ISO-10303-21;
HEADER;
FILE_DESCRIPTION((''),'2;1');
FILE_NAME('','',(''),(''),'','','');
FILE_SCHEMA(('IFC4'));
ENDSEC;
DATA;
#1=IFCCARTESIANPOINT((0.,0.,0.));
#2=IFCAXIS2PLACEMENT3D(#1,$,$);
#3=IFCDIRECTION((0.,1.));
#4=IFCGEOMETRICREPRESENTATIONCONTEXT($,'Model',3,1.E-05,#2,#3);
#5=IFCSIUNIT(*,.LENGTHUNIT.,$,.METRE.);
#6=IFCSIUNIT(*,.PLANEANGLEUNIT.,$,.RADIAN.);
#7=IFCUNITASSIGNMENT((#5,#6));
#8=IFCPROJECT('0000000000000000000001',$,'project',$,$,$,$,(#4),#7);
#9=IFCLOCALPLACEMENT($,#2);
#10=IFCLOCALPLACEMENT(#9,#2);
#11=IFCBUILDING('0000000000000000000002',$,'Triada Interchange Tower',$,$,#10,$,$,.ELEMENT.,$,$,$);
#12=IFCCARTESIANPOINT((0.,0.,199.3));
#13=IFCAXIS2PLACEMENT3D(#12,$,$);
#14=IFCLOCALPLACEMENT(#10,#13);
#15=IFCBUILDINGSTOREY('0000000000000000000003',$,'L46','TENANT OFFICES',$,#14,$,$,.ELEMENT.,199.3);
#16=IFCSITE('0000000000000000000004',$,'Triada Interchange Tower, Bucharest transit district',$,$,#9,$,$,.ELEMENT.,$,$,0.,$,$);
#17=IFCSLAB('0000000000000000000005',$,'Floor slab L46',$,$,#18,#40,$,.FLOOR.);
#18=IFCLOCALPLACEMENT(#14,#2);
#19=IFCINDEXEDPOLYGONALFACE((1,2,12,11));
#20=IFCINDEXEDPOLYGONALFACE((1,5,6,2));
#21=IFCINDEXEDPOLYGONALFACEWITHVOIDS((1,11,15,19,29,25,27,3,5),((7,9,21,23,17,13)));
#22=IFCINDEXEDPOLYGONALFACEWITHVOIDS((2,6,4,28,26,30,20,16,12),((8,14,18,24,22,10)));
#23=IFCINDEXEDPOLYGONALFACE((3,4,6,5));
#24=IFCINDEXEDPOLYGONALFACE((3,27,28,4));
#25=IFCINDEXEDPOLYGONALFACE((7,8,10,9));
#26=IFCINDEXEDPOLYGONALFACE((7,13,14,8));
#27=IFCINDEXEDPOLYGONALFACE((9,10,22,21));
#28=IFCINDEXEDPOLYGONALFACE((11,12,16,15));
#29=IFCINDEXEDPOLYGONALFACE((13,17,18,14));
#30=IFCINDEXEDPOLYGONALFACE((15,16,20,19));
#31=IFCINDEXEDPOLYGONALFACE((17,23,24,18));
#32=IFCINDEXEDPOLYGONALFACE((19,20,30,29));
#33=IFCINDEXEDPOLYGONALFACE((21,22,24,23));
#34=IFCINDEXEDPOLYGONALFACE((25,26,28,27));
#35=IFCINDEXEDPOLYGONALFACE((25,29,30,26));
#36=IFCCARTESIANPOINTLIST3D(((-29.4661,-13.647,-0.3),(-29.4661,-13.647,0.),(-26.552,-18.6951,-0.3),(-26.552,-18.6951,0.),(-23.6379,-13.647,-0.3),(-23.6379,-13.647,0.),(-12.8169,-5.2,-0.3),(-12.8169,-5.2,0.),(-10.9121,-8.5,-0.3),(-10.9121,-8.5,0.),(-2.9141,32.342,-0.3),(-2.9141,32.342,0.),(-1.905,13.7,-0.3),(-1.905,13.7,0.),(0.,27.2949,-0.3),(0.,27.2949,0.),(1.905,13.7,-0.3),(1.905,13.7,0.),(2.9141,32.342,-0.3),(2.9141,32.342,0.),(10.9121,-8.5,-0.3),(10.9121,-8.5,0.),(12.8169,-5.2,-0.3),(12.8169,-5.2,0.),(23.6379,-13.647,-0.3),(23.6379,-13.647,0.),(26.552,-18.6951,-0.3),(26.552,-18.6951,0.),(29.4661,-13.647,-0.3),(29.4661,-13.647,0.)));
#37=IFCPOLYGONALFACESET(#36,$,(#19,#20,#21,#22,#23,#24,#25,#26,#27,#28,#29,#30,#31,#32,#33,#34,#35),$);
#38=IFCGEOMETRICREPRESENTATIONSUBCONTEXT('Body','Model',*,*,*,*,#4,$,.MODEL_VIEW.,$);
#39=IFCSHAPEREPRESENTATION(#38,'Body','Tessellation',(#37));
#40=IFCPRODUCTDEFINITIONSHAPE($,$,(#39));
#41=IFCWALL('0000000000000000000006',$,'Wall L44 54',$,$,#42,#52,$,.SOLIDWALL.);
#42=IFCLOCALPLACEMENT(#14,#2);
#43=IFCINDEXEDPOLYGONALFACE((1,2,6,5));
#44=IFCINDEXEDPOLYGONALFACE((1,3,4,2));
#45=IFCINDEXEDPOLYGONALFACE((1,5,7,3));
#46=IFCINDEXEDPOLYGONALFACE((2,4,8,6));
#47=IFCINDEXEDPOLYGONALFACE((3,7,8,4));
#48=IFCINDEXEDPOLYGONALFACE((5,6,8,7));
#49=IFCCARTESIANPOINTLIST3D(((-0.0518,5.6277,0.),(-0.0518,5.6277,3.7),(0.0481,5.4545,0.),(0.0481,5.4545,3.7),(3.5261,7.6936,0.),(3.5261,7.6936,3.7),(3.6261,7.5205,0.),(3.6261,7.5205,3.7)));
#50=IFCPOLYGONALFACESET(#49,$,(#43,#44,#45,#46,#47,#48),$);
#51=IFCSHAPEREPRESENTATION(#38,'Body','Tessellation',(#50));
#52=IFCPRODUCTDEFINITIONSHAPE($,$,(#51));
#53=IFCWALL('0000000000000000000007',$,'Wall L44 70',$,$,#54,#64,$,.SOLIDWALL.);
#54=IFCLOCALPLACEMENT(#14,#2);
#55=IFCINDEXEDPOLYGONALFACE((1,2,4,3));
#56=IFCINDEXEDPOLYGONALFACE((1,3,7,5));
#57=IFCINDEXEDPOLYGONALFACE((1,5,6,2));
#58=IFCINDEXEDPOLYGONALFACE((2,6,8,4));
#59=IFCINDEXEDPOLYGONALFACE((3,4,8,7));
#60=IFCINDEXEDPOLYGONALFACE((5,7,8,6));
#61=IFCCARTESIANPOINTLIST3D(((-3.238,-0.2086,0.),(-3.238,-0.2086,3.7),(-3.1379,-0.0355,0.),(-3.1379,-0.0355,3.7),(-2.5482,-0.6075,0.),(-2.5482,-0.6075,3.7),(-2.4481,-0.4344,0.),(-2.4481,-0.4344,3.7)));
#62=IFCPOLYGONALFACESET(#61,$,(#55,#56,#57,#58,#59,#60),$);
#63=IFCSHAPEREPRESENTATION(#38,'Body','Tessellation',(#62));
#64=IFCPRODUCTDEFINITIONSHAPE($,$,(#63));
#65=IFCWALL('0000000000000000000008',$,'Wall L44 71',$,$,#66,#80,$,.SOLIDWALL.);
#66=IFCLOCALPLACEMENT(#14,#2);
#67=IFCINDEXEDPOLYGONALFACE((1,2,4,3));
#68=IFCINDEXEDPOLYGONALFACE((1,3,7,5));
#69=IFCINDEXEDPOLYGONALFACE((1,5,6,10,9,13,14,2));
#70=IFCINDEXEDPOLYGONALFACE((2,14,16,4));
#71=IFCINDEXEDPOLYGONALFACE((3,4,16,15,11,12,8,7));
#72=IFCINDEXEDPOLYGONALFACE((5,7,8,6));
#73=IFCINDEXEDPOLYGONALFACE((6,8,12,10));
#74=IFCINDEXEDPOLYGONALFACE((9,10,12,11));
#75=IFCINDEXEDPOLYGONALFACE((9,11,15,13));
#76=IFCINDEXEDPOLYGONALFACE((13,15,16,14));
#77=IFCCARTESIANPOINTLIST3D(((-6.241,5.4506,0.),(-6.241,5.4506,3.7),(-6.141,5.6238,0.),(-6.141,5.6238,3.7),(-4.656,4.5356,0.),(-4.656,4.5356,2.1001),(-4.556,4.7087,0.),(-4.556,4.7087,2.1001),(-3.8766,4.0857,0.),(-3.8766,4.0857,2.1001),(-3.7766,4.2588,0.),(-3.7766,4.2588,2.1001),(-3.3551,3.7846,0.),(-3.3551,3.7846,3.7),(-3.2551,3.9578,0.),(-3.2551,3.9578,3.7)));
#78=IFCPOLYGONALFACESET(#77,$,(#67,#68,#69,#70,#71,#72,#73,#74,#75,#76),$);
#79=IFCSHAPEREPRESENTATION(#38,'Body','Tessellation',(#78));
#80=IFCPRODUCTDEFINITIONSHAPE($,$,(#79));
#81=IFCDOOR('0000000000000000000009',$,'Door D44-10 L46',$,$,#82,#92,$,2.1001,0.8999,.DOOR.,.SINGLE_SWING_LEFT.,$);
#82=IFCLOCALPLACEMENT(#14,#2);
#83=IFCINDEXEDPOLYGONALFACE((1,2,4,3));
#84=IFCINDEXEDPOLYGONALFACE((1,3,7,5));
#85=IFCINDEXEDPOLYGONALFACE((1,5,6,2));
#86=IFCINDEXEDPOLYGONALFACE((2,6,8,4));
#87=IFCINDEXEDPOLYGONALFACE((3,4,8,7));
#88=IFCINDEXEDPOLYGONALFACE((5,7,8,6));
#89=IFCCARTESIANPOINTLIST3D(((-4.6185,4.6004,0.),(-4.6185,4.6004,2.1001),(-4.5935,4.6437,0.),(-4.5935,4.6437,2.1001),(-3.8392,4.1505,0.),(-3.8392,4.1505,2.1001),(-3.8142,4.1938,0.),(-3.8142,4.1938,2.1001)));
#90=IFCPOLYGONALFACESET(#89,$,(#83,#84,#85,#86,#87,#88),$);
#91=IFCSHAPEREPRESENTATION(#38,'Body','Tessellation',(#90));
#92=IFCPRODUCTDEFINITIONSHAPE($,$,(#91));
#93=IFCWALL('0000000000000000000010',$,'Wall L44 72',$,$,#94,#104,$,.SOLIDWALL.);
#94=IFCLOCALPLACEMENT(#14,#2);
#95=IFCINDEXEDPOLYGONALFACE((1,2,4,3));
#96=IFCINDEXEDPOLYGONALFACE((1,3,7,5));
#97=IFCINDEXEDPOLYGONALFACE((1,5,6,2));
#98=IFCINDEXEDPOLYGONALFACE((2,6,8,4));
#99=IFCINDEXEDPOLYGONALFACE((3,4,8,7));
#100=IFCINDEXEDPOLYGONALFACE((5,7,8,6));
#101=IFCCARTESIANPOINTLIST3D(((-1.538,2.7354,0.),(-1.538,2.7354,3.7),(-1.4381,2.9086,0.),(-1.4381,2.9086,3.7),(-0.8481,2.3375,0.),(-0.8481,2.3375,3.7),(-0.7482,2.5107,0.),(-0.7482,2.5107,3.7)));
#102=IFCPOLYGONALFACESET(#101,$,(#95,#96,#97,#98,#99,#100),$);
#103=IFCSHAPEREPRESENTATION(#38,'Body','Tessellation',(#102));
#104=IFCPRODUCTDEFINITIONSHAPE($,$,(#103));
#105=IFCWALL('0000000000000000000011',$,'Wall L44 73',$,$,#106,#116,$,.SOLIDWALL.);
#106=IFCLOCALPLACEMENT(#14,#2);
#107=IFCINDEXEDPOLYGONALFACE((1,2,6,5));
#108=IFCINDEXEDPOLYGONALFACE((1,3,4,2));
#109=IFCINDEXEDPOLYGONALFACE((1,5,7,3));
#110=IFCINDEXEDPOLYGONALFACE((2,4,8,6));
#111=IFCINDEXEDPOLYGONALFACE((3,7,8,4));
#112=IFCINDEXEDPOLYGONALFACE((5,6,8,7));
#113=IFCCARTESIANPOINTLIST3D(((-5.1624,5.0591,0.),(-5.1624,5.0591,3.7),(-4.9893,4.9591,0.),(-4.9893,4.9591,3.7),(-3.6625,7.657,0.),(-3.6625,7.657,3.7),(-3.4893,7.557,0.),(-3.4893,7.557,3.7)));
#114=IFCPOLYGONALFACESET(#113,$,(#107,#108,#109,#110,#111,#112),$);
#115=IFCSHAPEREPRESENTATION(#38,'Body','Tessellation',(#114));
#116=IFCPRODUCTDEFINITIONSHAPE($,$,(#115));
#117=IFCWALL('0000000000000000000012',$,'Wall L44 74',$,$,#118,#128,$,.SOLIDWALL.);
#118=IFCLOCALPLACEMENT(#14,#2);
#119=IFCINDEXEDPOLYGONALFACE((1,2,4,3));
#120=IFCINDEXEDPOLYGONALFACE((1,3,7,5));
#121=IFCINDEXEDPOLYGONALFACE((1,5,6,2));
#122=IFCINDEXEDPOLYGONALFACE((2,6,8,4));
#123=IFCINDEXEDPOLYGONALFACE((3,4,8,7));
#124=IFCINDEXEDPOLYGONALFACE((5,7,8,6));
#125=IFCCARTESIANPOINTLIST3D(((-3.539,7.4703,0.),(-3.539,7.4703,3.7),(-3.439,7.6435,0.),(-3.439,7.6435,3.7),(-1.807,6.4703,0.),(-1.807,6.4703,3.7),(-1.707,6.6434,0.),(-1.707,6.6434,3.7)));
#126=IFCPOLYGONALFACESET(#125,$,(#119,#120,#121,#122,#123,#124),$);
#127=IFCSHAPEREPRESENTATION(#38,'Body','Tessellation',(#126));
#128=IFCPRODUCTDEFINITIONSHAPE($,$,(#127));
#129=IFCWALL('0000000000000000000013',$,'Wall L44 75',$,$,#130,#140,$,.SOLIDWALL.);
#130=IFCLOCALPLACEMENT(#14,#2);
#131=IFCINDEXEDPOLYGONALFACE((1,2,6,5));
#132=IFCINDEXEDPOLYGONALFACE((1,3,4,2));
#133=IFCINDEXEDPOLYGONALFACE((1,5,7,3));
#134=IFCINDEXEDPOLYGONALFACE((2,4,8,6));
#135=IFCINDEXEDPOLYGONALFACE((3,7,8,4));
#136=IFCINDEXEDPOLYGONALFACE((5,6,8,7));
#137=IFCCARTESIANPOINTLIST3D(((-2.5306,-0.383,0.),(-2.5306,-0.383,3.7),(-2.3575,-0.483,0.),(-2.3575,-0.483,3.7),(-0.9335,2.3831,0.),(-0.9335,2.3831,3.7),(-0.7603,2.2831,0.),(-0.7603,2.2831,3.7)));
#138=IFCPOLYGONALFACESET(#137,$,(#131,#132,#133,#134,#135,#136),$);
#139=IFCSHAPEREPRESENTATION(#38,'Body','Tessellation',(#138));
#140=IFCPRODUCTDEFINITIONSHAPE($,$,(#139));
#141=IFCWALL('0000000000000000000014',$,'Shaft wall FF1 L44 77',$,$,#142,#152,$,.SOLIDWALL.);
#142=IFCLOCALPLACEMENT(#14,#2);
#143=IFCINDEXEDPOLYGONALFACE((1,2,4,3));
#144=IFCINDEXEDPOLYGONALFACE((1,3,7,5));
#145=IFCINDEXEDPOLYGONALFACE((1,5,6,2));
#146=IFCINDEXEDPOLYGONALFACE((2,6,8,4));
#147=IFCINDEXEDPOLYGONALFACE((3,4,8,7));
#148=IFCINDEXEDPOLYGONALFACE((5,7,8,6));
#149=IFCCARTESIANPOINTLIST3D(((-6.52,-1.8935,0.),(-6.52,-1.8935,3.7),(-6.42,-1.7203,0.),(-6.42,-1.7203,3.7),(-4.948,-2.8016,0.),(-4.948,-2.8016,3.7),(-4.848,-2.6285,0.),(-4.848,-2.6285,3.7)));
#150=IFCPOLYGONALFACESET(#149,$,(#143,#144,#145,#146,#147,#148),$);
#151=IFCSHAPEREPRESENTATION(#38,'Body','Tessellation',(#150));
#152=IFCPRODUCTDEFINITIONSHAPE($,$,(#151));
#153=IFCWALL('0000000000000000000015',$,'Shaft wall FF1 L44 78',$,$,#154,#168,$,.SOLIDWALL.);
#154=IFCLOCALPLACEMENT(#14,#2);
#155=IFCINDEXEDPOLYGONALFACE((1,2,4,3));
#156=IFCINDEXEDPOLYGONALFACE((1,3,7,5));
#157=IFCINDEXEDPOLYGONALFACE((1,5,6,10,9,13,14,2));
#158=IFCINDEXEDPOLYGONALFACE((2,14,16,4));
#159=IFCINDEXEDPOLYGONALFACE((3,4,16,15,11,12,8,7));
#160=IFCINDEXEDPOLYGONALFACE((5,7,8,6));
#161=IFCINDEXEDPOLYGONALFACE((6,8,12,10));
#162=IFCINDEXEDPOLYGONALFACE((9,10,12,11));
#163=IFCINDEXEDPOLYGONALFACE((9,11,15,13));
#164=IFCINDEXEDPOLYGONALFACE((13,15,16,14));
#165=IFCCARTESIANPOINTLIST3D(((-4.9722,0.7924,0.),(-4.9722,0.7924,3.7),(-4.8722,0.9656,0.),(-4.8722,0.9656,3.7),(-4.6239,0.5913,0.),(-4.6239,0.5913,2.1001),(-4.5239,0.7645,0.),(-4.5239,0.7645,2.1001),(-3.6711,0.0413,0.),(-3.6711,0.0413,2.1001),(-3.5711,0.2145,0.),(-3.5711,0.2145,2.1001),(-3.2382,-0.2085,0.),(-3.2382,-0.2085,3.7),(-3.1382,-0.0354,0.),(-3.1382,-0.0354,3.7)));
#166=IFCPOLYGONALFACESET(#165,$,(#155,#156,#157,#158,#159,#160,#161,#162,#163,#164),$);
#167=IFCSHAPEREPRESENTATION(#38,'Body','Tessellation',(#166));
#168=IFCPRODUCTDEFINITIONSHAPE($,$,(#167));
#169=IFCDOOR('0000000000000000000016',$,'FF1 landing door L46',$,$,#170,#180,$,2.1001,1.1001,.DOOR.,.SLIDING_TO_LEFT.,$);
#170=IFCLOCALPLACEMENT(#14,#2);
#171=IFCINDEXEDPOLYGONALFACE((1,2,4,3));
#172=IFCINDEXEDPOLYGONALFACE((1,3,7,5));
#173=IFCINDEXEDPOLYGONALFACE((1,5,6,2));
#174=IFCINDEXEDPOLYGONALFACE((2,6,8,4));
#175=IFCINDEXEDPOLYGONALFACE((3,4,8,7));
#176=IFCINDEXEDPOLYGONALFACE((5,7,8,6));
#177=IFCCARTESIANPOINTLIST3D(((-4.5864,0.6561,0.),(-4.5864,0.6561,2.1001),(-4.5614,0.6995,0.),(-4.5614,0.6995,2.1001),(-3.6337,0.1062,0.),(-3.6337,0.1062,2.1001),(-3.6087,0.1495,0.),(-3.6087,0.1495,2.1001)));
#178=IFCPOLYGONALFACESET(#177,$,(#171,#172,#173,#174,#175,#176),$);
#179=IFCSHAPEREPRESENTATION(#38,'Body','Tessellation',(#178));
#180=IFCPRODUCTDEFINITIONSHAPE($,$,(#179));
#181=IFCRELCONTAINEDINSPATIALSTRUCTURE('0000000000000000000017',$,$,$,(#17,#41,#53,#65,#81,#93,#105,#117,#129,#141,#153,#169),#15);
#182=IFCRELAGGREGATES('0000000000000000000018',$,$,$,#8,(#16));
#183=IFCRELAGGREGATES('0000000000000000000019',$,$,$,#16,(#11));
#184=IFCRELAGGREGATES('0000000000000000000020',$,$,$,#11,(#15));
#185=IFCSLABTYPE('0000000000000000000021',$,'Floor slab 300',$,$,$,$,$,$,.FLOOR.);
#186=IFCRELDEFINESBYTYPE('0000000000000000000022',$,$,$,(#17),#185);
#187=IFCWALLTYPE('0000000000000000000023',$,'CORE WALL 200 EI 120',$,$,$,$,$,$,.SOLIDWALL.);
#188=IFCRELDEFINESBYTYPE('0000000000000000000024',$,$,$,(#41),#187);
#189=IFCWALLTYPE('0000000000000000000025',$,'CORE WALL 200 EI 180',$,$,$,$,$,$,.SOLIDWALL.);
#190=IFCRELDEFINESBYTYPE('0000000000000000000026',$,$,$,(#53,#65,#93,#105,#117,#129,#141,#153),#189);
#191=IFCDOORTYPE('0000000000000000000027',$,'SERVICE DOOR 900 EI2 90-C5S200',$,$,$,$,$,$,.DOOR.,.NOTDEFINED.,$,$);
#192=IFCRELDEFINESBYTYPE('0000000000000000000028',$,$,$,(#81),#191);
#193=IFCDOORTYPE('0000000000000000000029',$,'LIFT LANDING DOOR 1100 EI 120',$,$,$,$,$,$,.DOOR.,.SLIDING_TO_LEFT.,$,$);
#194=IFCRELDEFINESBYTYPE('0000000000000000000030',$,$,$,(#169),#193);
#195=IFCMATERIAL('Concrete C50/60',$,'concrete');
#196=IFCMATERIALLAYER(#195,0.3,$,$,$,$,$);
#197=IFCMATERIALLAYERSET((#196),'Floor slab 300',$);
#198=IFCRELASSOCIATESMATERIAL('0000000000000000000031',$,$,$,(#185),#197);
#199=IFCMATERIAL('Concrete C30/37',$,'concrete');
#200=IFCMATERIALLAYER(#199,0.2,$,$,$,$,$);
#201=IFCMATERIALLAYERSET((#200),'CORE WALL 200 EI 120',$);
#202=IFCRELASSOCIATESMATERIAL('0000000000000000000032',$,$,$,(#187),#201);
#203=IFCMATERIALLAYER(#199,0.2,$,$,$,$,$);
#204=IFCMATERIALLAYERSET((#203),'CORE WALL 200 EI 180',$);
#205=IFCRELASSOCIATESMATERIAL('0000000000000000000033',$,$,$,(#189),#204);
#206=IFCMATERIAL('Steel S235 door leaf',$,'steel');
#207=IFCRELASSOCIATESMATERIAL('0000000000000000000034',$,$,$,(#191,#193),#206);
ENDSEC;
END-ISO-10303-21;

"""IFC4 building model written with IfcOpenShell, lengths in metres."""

from ifc_helpers import new_model, si_unit, direction, frame, frame_2d, origin, place, context, subcontext, project, spatial, polyline, rectangle, outline, extrude, material, layer, layer_set, type_object, element, fill, save


model = new_model("IFC4")

# Units and contexts
model_context = context("Model", 3, precision=1e-05, world=origin(), true_north=direction((0.0, 1.0)))
body_context = subcontext(model_context, "Body", "Model", "MODEL_VIEW")
ifc_project = project(units=[si_unit("LENGTHUNIT", "METRE"), si_unit("PLANEANGLEUNIT", "RADIAN")], contexts=[model_context])

# Site, building, storey
site_placement = place(None, origin())
site = spatial("IfcSite", under=ifc_project, at=site_placement, Name="Triada Interchange Tower, Bucharest transit district", CompositionType="ELEMENT", RefElevation=0.0)
building_placement = place(site_placement, origin())
building = spatial("IfcBuilding", under=site, at=building_placement, Name="Triada Interchange Tower", CompositionType="ELEMENT")
storey_placement = place(building_placement, frame((0.0, 0.0, 199.3)))
storey = spatial("IfcBuildingStorey", under=building, at=storey_placement, Name="L46", Description="TENANT OFFICES", CompositionType="ELEMENT", Elevation=199.3)

# Slab
ifc_material_1 = material(Name="Concrete C50/60", Category="concrete")
ifc_layer_1 = layer(ifc_material_1, 0.3)
ifc_layer_set_1 = layer_set([ifc_layer_1], Name="Floor slab 300")
slab_type = type_object("IfcSlabType", Name="Floor slab 300", PredefinedType="FLOOR", material=ifc_layer_set_1)
slab_placement = place(storey_placement, frame((0.0, 0.0, -0.3)))
element("IfcSlab", 1, at=slab_placement, inside=storey, type_object=slab_type, Name="Floor slab L46", PredefinedType="FLOOR", context=body_context, shape_type="SweptSolid", body=[
    extrude(outline(polyline([(-2.9141, 32.342), (-29.4661, -13.647), (-23.6379, -13.647), (-26.552, -18.6951), (26.552, -18.6951), (23.6379, -13.647), (29.4661, -13.647), (2.9141, 32.342), (0.0, 27.2949), (-2.9141, 32.342)]), holes=[polyline([(1.905, 13.7), (-1.905, 13.7), (-12.8169, -5.2), (-10.9121, -8.5), (10.9121, -8.5), (12.8169, -5.2), (1.905, 13.7)])]), origin(), (0.0, 0.0, 1.0), 0.3),
])

# Walls
ifc_material_2 = material(Name="Concrete C30/37", Category="concrete")
ifc_layer_2 = layer(ifc_material_2, 0.2)
ifc_layer_set_2 = layer_set([ifc_layer_2], Name="CORE WALL 200 EI 120")
wall_type_1 = type_object("IfcWallType", Name="CORE WALL 200 EI 120", PredefinedType="SOLIDWALL", material=ifc_layer_set_2)
wall_1_placement = place(storey_placement, frame((-0.002, 5.541, 0.0), z_axis=(0.0, 0.0, 1.0), x_axis=(0.866002, 0.500041, 0.0)))
element("IfcWall", 2, at=wall_1_placement, inside=storey, type_object=wall_type_1, Name="Wall L44 54", PredefinedType="SOLIDWALL", context=body_context, shape_type="SweptSolid", body=[
    extrude(rectangle(XDim=4.1316, YDim=0.2, at=frame_2d((2.0659, 0.0))), origin(), (0.0, 0.0, 1.0), 3.7),
])
ifc_layer_3 = layer(ifc_material_2, 0.2)
ifc_layer_set_3 = layer_set([ifc_layer_3], Name="CORE WALL 200 EI 180")
wall_type_2 = type_object("IfcWallType", Name="CORE WALL 200 EI 180", PredefinedType="SOLIDWALL", material=ifc_layer_set_3)
wall_2_placement = place(storey_placement, frame((-3.188, -0.1221, 0.0), z_axis=(0.0, 0.0, 1.0), x_axis=(0.865706, -0.500553, 0.0)))
element("IfcWall", 3, at=wall_2_placement, inside=storey, type_object=wall_type_2, Name="Wall L44 70", PredefinedType="SOLIDWALL", context=body_context, shape_type="SweptSolid", body=[
    extrude(rectangle(XDim=0.7969, YDim=0.2, at=frame_2d((0.3984, 0.0))), origin(), (0.0, 0.0, 1.0), 3.7),
])

# Wall, opening, door
wall_3_placement = place(storey_placement, frame((-6.1909, 5.5371, 0.0), z_axis=(0.0, 0.0, 1.0), x_axis=(0.866053, -0.499953, 0.0)))
wall_3 = element("IfcWall", 4, at=wall_3_placement, inside=storey, type_object=wall_type_2, Name="Wall L44 71", PredefinedType="SOLIDWALL", context=body_context, shape_type="SweptSolid", body=[
    extrude(rectangle(XDim=3.3323, YDim=0.2, at=frame_2d((1.666, 0.0))), origin(), (0.0, 0.0, 1.0), 3.7),
])
opening_1_placement = place(wall_3_placement, frame((1.8301, 0.0, 0.0)))
opening_1 = element("IfcOpeningElement", 5, at=opening_1_placement, cuts=wall_3, PredefinedType="OPENING", context=body_context, shape_type="SweptSolid", body=[
    extrude(rectangle(XDim=0.8999, YDim=2.1001, at=frame_2d((0.45, 1.05))), frame((0.0, 0.1099, 0.0), z_axis=(0.0, -1.0, 0.0), x_axis=(1.0, 0.0, 0.0)), (0.0, 0.0, 1.0), 0.22),
])
ifc_material_3 = material(Name="Steel S235 door leaf", Category="steel")
door_type_1 = type_object("IfcDoorType", Name="SERVICE DOOR 900 EI2 90-C5S200", OperationType="NOTDEFINED", PredefinedType="DOOR", material=ifc_material_3)
door_1_placement = place(opening_1_placement, origin())
door_1 = element("IfcDoor", 6, at=door_1_placement, inside=storey, type_object=door_type_1, Name="Door D44-10 L46", OperationType="SINGLE_SWING_LEFT", OverallHeight=2.1001, OverallWidth=0.8999, PredefinedType="DOOR", context=body_context, shape_type="SweptSolid", body=[
    extrude(rectangle(XDim=0.8999, YDim=2.1001, at=frame_2d((0.45, 1.05))), frame((0.0, 0.0249, 0.0), z_axis=(0.0, -1.0, 0.0), x_axis=(1.0, 0.0, 0.0)), (0.0, 0.0, 1.0), 0.05),
])
fill(opening_1, door_1)

# Walls
wall_4_placement = place(storey_placement, frame((-1.488, 2.822, 0.0), z_axis=(0.0, 0.0, 1.0), x_axis=(0.866237, -0.499634, 0.0)))
element("IfcWall", 7, at=wall_4_placement, inside=storey, type_object=wall_type_2, Name="Wall L44 72", PredefinedType="SOLIDWALL", context=body_context, shape_type="SweptSolid", body=[
    extrude(rectangle(XDim=0.7964, YDim=0.2, at=frame_2d((0.3982, 0.0))), origin(), (0.0, 0.0, 1.0), 3.7),
])
wall_5_placement = place(storey_placement, frame((-5.0759, 5.009, 0.0), z_axis=(0.0, 0.0, 1.0), x_axis=(0.500025, 0.866011, 0.0)))
element("IfcWall", 8, at=wall_5_placement, inside=storey, type_object=wall_type_2, Name="Wall L44 73", PredefinedType="SOLIDWALL", context=body_context, shape_type="SweptSolid", body=[
    extrude(rectangle(XDim=2.9998, YDim=0.2, at=frame_2d((1.5, 0.0))), origin(), (0.0, 0.0, 1.0), 3.7),
])
wall_6_placement = place(storey_placement, frame((-3.489, 7.5569, 0.0), z_axis=(0.0, 0.0, 1.0), x_axis=(0.866011, -0.500025, 0.0)))
element("IfcWall", 9, at=wall_6_placement, inside=storey, type_object=wall_type_2, Name="Wall L44 74", PredefinedType="SOLIDWALL", context=body_context, shape_type="SweptSolid", body=[
    extrude(rectangle(XDim=2.0, YDim=0.2, at=frame_2d((1.0, 0.0))), origin(), (0.0, 0.0, 1.0), 3.7),
])
wall_7_placement = place(storey_placement, frame((-2.4441, -0.4331, 0.0), z_axis=(0.0, 0.0, 1.0), x_axis=(0.500036, 0.866005, 0.0)))
element("IfcWall", 10, at=wall_7_placement, inside=storey, type_object=wall_type_2, Name="Wall L44 75", PredefinedType="SOLIDWALL", context=body_context, shape_type="SweptSolid", body=[
    extrude(rectangle(XDim=3.1941, YDim=0.2, at=frame_2d((1.5972, 0.0))), origin(), (0.0, 0.0, 1.0), 3.7),
])
wall_8_placement = place(storey_placement, frame((-6.47, -1.8069, 0.0), z_axis=(0.0, 0.0, 1.0), x_axis=(0.865883, -0.500246, 0.0)))
element("IfcWall", 11, at=wall_8_placement, inside=storey, type_object=wall_type_2, Name="Shaft wall FF1 L44 77", PredefinedType="SOLIDWALL", context=body_context, shape_type="SweptSolid", body=[
    extrude(rectangle(XDim=1.8154, YDim=0.2, at=frame_2d((0.9077, 0.0))), origin(), (0.0, 0.0, 1.0), 3.7),
])

# Wall, opening, door
wall_9_placement = place(storey_placement, frame((-4.9221, 0.8789, 0.0), z_axis=(0.0, 0.0, 1.0), x_axis=(0.866074, -0.499916, 0.0)))
wall_9 = element("IfcWall", 12, at=wall_9_placement, inside=storey, type_object=wall_type_2, Name="Shaft wall FF1 L44 78", PredefinedType="SOLIDWALL", context=body_context, shape_type="SweptSolid", body=[
    extrude(rectangle(XDim=2.0022, YDim=0.2, at=frame_2d((1.001, 0.0))), origin(), (0.0, 0.0, 1.0), 3.7),
])
opening_2_placement = place(wall_9_placement, frame((0.4021, 0.0, 0.0)))
opening_2 = element("IfcOpeningElement", 13, at=opening_2_placement, cuts=wall_9, PredefinedType="OPENING", context=body_context, shape_type="SweptSolid", body=[
    extrude(rectangle(XDim=1.1001, YDim=2.1001, at=frame_2d((0.55, 1.05))), frame((0.0, 0.1099, 0.0), z_axis=(0.0, -1.0, 0.0), x_axis=(1.0, 0.0, 0.0)), (0.0, 0.0, 1.0), 0.22),
])
door_type_2 = type_object("IfcDoorType", Name="LIFT LANDING DOOR 1100 EI 120", OperationType="SLIDING_TO_LEFT", PredefinedType="DOOR", material=ifc_material_3)
door_2_placement = place(opening_2_placement, origin())
door_2 = element("IfcDoor", 14, at=door_2_placement, inside=storey, type_object=door_type_2, Name="FF1 landing door L46", OperationType="SLIDING_TO_LEFT", OverallHeight=2.1001, OverallWidth=1.1001, PredefinedType="DOOR", context=body_context, shape_type="SweptSolid", body=[
    extrude(rectangle(XDim=1.1001, YDim=2.1001, at=frame_2d((0.55, 1.05))), frame((0.0, 0.0249, 0.0), z_axis=(0.0, -1.0, 0.0), x_axis=(1.0, 0.0, 0.0)), (0.0, 0.0, 1.0), 0.05),
])
fill(opening_2, door_2)

save(model, "model.ifc")
